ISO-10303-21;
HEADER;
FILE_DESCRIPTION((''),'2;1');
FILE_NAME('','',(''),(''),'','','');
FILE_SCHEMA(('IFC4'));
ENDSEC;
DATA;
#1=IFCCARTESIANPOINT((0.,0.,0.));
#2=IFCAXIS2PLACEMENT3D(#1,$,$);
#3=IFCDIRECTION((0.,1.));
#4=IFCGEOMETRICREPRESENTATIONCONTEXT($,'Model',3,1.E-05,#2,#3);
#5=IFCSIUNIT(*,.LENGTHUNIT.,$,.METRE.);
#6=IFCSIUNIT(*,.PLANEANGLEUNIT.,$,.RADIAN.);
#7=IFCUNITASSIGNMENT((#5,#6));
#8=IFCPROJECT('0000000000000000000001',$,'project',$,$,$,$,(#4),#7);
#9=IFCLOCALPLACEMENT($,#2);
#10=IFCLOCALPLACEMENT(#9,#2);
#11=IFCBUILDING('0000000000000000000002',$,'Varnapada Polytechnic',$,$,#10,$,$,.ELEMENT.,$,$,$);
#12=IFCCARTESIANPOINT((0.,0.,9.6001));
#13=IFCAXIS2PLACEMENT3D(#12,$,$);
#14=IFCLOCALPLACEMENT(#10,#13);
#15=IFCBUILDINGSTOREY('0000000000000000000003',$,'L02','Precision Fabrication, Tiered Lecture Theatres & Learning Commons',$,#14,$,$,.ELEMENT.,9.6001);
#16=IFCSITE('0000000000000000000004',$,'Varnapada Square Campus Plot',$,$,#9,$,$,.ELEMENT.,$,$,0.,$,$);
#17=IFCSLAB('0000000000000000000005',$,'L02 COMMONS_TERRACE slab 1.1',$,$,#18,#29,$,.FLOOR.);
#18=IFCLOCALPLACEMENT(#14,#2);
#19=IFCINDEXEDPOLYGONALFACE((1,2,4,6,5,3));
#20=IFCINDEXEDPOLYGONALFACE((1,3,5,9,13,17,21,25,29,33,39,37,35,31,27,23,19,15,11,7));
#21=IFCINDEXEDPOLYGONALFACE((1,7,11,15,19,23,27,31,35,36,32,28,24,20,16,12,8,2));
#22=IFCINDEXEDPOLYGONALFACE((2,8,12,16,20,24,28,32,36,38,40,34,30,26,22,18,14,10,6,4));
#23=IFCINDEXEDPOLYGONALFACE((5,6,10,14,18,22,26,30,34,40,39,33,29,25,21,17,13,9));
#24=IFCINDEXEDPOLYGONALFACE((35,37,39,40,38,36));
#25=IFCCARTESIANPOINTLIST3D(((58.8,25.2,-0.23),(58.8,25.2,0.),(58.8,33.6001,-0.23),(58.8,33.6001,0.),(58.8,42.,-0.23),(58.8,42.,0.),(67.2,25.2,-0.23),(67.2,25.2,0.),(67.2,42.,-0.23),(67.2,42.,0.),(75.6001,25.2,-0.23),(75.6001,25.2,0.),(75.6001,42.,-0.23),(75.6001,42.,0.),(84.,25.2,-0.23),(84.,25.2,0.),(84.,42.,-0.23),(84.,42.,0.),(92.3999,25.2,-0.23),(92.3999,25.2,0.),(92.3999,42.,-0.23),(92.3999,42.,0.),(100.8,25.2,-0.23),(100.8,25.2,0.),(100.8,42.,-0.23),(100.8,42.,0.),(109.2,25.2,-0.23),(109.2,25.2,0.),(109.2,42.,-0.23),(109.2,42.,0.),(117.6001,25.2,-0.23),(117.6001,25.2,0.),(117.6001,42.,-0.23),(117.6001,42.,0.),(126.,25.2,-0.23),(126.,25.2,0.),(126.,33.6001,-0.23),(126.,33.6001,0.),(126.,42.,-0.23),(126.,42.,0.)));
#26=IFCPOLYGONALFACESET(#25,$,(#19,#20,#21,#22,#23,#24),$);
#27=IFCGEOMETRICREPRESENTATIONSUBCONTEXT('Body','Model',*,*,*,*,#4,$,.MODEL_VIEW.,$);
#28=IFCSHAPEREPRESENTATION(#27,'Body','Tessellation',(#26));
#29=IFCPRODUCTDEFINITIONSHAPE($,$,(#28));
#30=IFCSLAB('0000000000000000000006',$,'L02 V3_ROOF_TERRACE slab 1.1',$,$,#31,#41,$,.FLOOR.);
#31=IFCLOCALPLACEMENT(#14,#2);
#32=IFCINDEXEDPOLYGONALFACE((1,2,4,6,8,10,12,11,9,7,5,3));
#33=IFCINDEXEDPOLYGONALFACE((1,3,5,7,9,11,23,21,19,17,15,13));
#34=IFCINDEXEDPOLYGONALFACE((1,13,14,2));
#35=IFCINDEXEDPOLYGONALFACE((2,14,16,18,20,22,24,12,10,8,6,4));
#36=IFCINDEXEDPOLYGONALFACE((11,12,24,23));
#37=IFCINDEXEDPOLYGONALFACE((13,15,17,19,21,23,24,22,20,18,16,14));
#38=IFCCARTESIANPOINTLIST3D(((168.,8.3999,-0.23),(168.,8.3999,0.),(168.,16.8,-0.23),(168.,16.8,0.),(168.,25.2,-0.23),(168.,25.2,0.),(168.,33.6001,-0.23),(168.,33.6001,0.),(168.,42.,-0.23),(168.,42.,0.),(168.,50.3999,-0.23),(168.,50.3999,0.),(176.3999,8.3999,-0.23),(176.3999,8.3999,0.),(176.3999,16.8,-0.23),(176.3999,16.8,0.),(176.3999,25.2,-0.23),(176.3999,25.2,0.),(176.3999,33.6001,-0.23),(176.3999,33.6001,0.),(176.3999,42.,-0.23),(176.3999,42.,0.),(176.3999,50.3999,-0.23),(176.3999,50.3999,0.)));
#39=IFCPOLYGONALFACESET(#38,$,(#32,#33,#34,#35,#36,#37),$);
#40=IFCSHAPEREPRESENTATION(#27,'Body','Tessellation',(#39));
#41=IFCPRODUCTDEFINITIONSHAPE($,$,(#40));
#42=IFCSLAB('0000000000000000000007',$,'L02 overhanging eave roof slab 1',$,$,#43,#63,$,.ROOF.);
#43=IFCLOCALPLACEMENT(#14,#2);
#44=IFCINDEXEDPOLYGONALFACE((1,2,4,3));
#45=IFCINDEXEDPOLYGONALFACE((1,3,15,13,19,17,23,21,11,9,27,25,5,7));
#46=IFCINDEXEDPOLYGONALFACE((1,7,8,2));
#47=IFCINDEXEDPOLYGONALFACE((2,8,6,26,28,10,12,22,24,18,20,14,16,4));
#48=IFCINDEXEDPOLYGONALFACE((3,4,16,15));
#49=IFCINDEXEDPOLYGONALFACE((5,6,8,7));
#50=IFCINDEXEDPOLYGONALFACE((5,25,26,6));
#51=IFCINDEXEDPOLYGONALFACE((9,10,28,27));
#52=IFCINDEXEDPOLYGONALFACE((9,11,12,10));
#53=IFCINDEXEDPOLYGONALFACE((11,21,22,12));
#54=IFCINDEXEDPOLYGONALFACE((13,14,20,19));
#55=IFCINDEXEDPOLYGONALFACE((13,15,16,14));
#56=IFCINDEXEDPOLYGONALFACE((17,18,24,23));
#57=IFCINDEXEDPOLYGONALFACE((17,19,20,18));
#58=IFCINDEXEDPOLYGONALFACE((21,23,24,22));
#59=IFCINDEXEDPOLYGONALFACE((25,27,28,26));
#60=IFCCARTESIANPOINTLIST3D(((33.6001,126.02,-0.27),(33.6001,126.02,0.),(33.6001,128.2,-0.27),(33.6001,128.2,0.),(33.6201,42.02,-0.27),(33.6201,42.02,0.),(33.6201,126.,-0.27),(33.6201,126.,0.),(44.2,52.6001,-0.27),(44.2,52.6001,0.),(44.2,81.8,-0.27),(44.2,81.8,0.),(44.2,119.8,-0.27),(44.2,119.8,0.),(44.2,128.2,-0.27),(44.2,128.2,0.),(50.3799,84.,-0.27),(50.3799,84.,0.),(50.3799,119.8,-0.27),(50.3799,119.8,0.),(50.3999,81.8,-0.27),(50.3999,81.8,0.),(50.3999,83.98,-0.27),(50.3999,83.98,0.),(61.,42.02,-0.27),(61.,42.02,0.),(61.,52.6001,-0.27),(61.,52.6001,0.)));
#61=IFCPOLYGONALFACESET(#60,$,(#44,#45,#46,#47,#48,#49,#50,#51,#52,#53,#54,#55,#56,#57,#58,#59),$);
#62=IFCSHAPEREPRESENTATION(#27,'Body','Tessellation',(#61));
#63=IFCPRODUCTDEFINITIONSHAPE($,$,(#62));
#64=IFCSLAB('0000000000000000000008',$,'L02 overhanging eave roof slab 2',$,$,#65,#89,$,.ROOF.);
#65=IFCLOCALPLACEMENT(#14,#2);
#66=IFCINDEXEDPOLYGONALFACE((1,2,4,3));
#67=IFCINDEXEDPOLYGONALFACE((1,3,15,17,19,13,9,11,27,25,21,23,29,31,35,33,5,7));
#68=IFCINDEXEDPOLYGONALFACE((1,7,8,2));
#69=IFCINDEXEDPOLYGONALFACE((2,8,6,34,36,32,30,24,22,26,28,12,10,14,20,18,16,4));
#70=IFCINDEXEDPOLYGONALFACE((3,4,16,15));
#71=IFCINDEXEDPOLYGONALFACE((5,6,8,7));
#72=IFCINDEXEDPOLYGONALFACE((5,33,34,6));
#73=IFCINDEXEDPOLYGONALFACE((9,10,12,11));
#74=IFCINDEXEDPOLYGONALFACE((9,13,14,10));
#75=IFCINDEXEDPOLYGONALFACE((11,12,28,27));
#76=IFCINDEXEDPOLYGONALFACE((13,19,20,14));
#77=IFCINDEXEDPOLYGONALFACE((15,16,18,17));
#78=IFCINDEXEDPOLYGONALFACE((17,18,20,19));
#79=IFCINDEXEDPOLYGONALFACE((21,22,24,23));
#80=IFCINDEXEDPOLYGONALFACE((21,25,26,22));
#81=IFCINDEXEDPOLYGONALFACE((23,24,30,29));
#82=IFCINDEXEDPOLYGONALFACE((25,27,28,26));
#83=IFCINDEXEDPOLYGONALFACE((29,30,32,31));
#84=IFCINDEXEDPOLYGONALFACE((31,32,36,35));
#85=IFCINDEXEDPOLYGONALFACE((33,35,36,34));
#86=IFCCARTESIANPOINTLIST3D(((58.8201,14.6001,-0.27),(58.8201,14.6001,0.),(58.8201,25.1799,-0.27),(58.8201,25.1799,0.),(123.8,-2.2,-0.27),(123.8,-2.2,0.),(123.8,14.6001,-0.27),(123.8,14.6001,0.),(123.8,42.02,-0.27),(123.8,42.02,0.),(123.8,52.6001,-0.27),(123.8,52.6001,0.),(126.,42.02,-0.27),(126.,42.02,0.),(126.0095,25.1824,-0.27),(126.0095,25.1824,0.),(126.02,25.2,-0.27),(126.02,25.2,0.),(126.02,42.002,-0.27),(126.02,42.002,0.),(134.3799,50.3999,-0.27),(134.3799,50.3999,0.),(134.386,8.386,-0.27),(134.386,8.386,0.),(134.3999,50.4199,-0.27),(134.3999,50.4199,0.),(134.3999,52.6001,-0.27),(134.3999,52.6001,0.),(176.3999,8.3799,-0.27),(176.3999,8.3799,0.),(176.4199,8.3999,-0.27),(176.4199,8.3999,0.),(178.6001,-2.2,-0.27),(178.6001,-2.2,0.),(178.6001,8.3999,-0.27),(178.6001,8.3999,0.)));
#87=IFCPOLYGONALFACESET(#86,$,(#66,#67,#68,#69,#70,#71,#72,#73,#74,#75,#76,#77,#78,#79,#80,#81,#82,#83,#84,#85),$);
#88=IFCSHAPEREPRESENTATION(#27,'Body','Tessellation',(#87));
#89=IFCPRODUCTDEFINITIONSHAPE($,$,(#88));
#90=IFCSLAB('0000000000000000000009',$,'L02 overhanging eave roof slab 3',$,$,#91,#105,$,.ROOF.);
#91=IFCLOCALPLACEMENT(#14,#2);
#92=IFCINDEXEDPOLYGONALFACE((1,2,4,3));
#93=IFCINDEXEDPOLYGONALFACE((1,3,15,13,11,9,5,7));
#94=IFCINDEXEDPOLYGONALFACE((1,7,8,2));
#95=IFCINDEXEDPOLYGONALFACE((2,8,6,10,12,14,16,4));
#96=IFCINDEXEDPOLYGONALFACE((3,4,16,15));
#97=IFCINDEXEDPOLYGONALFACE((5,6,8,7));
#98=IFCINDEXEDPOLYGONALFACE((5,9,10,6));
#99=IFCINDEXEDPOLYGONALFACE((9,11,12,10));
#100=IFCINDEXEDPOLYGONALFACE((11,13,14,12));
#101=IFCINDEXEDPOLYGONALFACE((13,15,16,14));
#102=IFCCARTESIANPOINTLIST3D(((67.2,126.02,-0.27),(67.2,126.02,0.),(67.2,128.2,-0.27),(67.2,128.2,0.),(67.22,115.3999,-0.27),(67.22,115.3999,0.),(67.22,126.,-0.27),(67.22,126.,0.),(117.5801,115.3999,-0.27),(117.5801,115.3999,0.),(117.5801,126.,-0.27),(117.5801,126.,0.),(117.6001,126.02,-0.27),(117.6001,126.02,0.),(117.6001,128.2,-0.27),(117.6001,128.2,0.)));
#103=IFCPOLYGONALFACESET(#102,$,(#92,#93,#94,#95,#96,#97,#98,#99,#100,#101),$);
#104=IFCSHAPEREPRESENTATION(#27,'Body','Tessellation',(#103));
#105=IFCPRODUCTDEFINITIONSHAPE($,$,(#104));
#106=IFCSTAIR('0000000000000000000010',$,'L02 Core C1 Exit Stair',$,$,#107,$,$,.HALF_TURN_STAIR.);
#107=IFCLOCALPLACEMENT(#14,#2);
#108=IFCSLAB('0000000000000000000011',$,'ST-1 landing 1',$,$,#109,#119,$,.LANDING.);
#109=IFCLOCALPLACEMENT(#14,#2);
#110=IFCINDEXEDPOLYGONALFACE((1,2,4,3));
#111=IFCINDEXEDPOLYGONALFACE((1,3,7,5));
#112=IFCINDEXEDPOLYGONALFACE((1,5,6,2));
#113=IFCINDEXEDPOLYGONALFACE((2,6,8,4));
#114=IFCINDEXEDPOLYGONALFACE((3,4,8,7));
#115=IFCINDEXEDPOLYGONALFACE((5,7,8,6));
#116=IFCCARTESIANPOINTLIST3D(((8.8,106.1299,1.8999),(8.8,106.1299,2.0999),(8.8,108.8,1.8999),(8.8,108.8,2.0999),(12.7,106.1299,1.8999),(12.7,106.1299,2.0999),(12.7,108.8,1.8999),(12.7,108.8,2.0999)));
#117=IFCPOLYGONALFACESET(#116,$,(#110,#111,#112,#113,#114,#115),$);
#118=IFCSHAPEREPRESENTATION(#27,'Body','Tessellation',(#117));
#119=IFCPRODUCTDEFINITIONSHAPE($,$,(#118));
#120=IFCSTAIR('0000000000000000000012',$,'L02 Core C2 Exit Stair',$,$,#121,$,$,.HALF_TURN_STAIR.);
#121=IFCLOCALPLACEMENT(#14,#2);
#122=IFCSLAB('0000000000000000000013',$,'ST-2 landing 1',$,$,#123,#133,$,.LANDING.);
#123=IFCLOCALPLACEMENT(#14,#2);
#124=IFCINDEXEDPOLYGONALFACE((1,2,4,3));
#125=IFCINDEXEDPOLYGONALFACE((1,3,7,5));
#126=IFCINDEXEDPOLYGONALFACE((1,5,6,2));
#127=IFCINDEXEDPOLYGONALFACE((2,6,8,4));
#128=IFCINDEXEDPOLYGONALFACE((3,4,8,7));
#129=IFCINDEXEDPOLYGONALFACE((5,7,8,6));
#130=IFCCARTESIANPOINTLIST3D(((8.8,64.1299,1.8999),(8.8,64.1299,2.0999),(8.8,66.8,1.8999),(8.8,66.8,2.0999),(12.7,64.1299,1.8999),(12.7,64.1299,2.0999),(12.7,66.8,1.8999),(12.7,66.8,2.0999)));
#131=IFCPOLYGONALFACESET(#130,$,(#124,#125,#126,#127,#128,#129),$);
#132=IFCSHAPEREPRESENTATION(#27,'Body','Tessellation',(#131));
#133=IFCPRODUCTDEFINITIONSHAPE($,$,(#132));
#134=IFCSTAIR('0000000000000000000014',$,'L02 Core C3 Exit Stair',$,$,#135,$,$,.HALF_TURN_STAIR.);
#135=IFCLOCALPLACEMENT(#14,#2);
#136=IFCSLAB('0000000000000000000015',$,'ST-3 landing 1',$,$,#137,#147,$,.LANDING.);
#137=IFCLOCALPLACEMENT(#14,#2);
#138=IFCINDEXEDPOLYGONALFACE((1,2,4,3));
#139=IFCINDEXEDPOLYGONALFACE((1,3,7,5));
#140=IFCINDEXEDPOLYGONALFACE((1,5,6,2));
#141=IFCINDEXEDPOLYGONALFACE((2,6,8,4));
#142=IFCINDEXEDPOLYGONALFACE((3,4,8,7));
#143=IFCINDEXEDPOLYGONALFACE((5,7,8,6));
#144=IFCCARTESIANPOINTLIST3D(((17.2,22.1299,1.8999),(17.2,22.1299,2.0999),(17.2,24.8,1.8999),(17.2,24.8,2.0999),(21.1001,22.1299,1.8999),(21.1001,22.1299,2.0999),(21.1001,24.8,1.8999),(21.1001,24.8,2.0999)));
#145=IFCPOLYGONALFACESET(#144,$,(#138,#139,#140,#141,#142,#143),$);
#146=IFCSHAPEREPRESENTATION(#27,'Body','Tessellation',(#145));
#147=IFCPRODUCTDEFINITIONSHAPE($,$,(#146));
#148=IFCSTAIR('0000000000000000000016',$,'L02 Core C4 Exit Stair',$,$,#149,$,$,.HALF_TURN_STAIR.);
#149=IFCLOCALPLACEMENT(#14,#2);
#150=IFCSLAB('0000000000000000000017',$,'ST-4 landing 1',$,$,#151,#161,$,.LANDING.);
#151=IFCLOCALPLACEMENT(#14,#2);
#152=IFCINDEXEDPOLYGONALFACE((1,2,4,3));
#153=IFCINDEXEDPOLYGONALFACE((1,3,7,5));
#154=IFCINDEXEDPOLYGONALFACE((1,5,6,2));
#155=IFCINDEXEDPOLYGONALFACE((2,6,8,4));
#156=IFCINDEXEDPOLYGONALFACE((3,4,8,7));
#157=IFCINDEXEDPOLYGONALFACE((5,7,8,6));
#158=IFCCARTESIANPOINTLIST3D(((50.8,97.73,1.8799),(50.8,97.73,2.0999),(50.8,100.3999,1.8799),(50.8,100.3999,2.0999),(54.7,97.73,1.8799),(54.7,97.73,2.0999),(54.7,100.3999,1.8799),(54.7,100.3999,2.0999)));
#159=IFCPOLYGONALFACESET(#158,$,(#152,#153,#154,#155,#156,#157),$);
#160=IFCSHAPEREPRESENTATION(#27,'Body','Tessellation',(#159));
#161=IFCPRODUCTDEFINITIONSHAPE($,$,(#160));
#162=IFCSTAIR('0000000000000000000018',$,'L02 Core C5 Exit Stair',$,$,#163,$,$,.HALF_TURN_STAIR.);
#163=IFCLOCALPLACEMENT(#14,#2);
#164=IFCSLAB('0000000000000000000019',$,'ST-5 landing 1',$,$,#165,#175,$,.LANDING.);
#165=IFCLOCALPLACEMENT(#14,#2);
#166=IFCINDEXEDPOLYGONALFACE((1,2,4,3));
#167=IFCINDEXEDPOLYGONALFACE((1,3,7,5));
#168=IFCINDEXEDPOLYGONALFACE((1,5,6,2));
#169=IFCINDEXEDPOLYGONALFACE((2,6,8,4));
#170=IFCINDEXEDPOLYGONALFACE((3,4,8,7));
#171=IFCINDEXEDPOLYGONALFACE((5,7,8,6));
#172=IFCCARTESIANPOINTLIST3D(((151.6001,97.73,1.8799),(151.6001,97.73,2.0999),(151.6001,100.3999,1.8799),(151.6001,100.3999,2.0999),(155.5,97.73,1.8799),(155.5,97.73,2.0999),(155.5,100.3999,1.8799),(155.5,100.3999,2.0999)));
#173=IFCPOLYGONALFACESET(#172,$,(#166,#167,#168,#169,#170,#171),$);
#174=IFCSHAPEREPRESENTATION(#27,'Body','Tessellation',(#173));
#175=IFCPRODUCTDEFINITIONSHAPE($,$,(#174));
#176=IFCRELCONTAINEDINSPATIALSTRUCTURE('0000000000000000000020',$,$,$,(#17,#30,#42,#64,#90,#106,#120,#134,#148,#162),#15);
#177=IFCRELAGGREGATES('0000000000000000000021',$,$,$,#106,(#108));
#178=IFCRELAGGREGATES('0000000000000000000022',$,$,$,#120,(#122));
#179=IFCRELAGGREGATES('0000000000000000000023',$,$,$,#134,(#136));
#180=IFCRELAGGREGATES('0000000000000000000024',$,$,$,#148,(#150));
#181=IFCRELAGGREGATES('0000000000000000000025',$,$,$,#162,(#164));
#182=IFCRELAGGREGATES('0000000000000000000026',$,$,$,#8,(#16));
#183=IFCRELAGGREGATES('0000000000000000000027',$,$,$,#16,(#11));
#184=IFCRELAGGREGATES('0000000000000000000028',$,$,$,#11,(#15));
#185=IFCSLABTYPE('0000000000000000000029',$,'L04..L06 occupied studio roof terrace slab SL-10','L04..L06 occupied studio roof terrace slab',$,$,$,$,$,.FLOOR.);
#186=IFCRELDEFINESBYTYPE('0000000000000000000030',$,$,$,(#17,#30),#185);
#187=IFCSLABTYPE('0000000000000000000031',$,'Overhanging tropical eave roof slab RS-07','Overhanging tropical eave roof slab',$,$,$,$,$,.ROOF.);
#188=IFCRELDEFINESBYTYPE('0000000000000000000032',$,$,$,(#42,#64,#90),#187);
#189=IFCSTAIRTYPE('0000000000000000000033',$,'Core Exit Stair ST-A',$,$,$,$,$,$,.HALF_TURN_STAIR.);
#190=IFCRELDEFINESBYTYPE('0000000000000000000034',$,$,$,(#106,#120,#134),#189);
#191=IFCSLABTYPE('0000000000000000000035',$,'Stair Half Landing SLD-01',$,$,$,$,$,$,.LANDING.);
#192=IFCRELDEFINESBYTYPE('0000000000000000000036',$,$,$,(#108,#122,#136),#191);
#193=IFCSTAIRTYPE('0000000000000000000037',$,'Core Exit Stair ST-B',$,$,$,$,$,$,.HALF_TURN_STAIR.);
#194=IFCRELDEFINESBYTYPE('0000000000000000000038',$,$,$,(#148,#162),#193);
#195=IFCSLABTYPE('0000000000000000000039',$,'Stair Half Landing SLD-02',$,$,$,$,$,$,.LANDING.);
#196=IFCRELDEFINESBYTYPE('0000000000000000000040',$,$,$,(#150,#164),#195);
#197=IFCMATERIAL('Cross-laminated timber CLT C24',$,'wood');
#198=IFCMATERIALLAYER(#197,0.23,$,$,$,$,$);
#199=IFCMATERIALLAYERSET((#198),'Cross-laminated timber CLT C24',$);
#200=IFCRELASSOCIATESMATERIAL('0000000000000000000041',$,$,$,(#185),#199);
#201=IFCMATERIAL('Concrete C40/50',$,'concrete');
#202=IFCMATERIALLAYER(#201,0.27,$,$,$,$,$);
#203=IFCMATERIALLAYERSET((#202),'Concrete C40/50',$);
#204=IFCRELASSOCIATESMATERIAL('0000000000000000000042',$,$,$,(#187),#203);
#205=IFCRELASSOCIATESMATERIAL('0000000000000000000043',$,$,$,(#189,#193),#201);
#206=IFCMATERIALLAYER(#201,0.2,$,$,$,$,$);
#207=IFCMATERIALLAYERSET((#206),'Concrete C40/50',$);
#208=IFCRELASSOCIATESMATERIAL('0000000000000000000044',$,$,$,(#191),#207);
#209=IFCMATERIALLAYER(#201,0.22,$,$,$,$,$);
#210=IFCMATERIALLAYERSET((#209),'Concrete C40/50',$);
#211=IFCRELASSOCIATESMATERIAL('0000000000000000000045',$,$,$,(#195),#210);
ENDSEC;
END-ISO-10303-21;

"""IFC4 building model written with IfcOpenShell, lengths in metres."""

from ifc_helpers import new_model, si_unit, direction, frame, origin, place, context, subcontext, project, spatial, polyline, outline, extrude, material, layer, layer_set, type_object, element, aggregate, save


model = new_model("IFC4")

# Units and contexts
model_context = context("Model", 3, precision=1e-05, world=origin(), true_north=direction((0.0, 1.0)))
body_context = subcontext(model_context, "Body", "Model", "MODEL_VIEW")
ifc_project = project(units=[si_unit("LENGTHUNIT", "METRE"), si_unit("PLANEANGLEUNIT", "RADIAN")], contexts=[model_context])

# Site, building, storey
site_placement = place(None, origin())
site = spatial("IfcSite", under=ifc_project, at=site_placement, Name="Varnapada Square Campus Plot", CompositionType="ELEMENT", RefElevation=0.0)
building_placement = place(site_placement, origin())
building = spatial("IfcBuilding", under=site, at=building_placement, Name="Varnapada Polytechnic", CompositionType="ELEMENT")
storey_placement = place(building_placement, frame((0.0, 0.0, 9.6001)))
storey = spatial("IfcBuildingStorey", under=building, at=storey_placement, Name="L02", Description="Precision Fabrication, Tiered Lecture Theatres & Learning Commons", CompositionType="ELEMENT", Elevation=9.6001)

# Slabs
ifc_material_1 = material(Name="Cross-laminated timber CLT C24", Category="wood")
ifc_layer_1 = layer(ifc_material_1, 0.23)
ifc_layer_set_1 = layer_set([ifc_layer_1], Name="Cross-laminated timber CLT C24")
slab_type_1 = type_object("IfcSlabType", Name="L04..L06 occupied studio roof terrace slab SL-10", Description="L04..L06 occupied studio roof terrace slab", PredefinedType="FLOOR", material=ifc_layer_set_1)
slab_1_placement = place(storey_placement, frame((0.0, 0.0, -0.23)))
element("IfcSlab", 1, at=slab_1_placement, inside=storey, type_object=slab_type_1, Name="L02 COMMONS_TERRACE slab 1.1", PredefinedType="FLOOR", context=body_context, shape_type="SweptSolid", body=[
    extrude(outline(polyline([(84.0, 25.2), (75.6001, 25.2), (67.2, 25.2), (58.8, 25.2), (58.8, 33.6001), (58.8, 42.0), (67.2, 42.0), (75.6001, 42.0), (84.0, 42.0), (92.3999, 42.0), (100.8, 42.0), (109.2, 42.0), (117.6001, 42.0), (126.0, 42.0), (126.0, 33.6001), (126.0, 25.2), (117.6001, 25.2), (109.2, 25.2), (100.8, 25.2), (92.3999, 25.2), (84.0, 25.2)])), origin(), (0.0, 0.0, 1.0), 0.23),
])
slab_2_placement = place(storey_placement, frame((0.0, 0.0, -0.23)))
element("IfcSlab", 2, at=slab_2_placement, inside=storey, type_object=slab_type_1, Name="L02 V3_ROOF_TERRACE slab 1.1", PredefinedType="FLOOR", context=body_context, shape_type="SweptSolid", body=[
    extrude(outline(polyline([(168.0, 8.3999), (168.0, 16.8), (168.0, 25.2), (168.0, 33.6001), (168.0, 42.0), (168.0, 50.3999), (176.3999, 50.3999), (176.3999, 42.0), (176.3999, 33.6001), (176.3999, 25.2), (176.3999, 16.8), (176.3999, 8.3999), (168.0, 8.3999)])), origin(), (0.0, 0.0, 1.0), 0.23),
])
ifc_material_2 = material(Name="Concrete C40/50", Category="concrete")
ifc_layer_2 = layer(ifc_material_2, 0.27)
ifc_layer_set_2 = layer_set([ifc_layer_2], Name="Concrete C40/50")
slab_type_2 = type_object("IfcSlabType", Name="Overhanging tropical eave roof slab RS-07", Description="Overhanging tropical eave roof slab", PredefinedType="ROOF", material=ifc_layer_set_2)
slab_3_placement = place(storey_placement, frame((0.0, 0.0, -0.27)))
element("IfcSlab", 3, at=slab_3_placement, inside=storey, type_object=slab_type_2, Name="L02 overhanging eave roof slab 1", PredefinedType="ROOF", context=body_context, shape_type="SweptSolid", body=[
    extrude(outline(polyline([(33.6001, 128.2), (44.2, 128.2), (44.2, 119.8), (50.3799, 119.8), (50.3799, 84.0), (50.3999, 83.98), (50.3999, 81.8), (44.2, 81.8), (44.2, 52.6001), (61.0, 52.6001), (61.0, 42.02), (33.6201, 42.02), (33.6201, 126.0), (33.6001, 126.02), (33.6001, 128.2)])), origin(), (0.0, 0.0, 1.0), 0.27),
])
slab_4_placement = place(storey_placement, frame((0.0, 0.0, -0.27)))
element("IfcSlab", 4, at=slab_4_placement, inside=storey, type_object=slab_type_2, Name="L02 overhanging eave roof slab 2", PredefinedType="ROOF", context=body_context, shape_type="SweptSolid", body=[
    extrude(outline(polyline([(123.8, 52.6001), (134.3999, 52.6001), (134.3999, 50.4199), (134.3799, 50.3999), (134.386, 8.386), (176.3999, 8.3799), (176.4199, 8.3999), (178.6001, 8.3999), (178.6001, -2.2), (123.8, -2.2), (123.8, 14.6001), (58.8201, 14.6001), (58.8201, 25.1799), (126.0095, 25.1824), (126.02, 25.2), (126.02, 42.002), (126.0, 42.02), (123.8, 42.02), (123.8, 52.6001)])), origin(), (0.0, 0.0, 1.0), 0.27),
])
slab_5_placement = place(storey_placement, frame((0.0, 0.0, -0.27)))
element("IfcSlab", 5, at=slab_5_placement, inside=storey, type_object=slab_type_2, Name="L02 overhanging eave roof slab 3", PredefinedType="ROOF", context=body_context, shape_type="SweptSolid", body=[
    extrude(outline(polyline([(67.2, 128.2), (117.6001, 128.2), (117.6001, 126.02), (117.5801, 126.0), (117.5801, 115.3999), (67.22, 115.3999), (67.22, 126.0), (67.2, 126.02), (67.2, 128.2)])), origin(), (0.0, 0.0, 1.0), 0.27),
])

# Stairs, slabs
stair_type_1 = type_object("IfcStairType", Name="Core Exit Stair ST-A", PredefinedType="HALF_TURN_STAIR", material=ifc_material_2)
stair_1_placement = place(storey_placement, origin())
stair_1 = element("IfcStair", 6, at=stair_1_placement, inside=storey, type_object=stair_type_1, Name="L02 Core C1 Exit Stair", PredefinedType="HALF_TURN_STAIR")
ifc_layer_3 = layer(ifc_material_2, 0.2)
ifc_layer_set_3 = layer_set([ifc_layer_3], Name="Concrete C40/50")
slab_type_3 = type_object("IfcSlabType", Name="Stair Half Landing SLD-01", PredefinedType="LANDING", material=ifc_layer_set_3)
slab_6_placement = place(storey_placement, frame((0.0, 0.0, 1.8999)))
slab_6 = element("IfcSlab", 7, at=slab_6_placement, type_object=slab_type_3, Name="ST-1 landing 1", PredefinedType="LANDING", context=body_context, shape_type="SweptSolid", body=[
    extrude(outline(polyline([(12.7, 106.1299), (12.7, 108.8), (8.8, 108.8), (8.8, 106.1299), (12.7, 106.1299)])), origin(), (0.0, 0.0, 1.0), 0.2),
])
aggregate(stair_1, [slab_6])
stair_2_placement = place(storey_placement, origin())
stair_2 = element("IfcStair", 8, at=stair_2_placement, inside=storey, type_object=stair_type_1, Name="L02 Core C2 Exit Stair", PredefinedType="HALF_TURN_STAIR")
slab_7_placement = place(storey_placement, frame((0.0, 0.0, 1.8999)))
slab_7 = element("IfcSlab", 9, at=slab_7_placement, type_object=slab_type_3, Name="ST-2 landing 1", PredefinedType="LANDING", context=body_context, shape_type="SweptSolid", body=[
    extrude(outline(polyline([(12.7, 64.1299), (12.7, 66.8), (8.8, 66.8), (8.8, 64.1299), (12.7, 64.1299)])), origin(), (0.0, 0.0, 1.0), 0.2),
])
aggregate(stair_2, [slab_7])
stair_3_placement = place(storey_placement, origin())
stair_3 = element("IfcStair", 10, at=stair_3_placement, inside=storey, type_object=stair_type_1, Name="L02 Core C3 Exit Stair", PredefinedType="HALF_TURN_STAIR")
slab_8_placement = place(storey_placement, frame((0.0, 0.0, 1.8999)))
slab_8 = element("IfcSlab", 11, at=slab_8_placement, type_object=slab_type_3, Name="ST-3 landing 1", PredefinedType="LANDING", context=body_context, shape_type="SweptSolid", body=[
    extrude(outline(polyline([(21.1001, 22.1299), (21.1001, 24.8), (17.2, 24.8), (17.2, 22.1299), (21.1001, 22.1299)])), origin(), (0.0, 0.0, 1.0), 0.2),
])
aggregate(stair_3, [slab_8])
stair_type_2 = type_object("IfcStairType", Name="Core Exit Stair ST-B", PredefinedType="HALF_TURN_STAIR", material=ifc_material_2)
stair_4_placement = place(storey_placement, origin())
stair_4 = element("IfcStair", 12, at=stair_4_placement, inside=storey, type_object=stair_type_2, Name="L02 Core C4 Exit Stair", PredefinedType="HALF_TURN_STAIR")
ifc_layer_4 = layer(ifc_material_2, 0.22)
ifc_layer_set_4 = layer_set([ifc_layer_4], Name="Concrete C40/50")
slab_type_4 = type_object("IfcSlabType", Name="Stair Half Landing SLD-02", PredefinedType="LANDING", material=ifc_layer_set_4)
slab_9_placement = place(storey_placement, frame((0.0, 0.0, 1.8799)))
slab_9 = element("IfcSlab", 13, at=slab_9_placement, type_object=slab_type_4, Name="ST-4 landing 1", PredefinedType="LANDING", context=body_context, shape_type="SweptSolid", body=[
    extrude(outline(polyline([(54.7, 97.73), (54.7, 100.3999), (50.8, 100.3999), (50.8, 97.73), (54.7, 97.73)])), origin(), (0.0, 0.0, 1.0), 0.22),
])
aggregate(stair_4, [slab_9])
stair_5_placement = place(storey_placement, origin())
stair_5 = element("IfcStair", 14, at=stair_5_placement, inside=storey, type_object=stair_type_2, Name="L02 Core C5 Exit Stair", PredefinedType="HALF_TURN_STAIR")
slab_10_placement = place(storey_placement, frame((0.0, 0.0, 1.8799)))
slab_10 = element("IfcSlab", 15, at=slab_10_placement, type_object=slab_type_4, Name="ST-5 landing 1", PredefinedType="LANDING", context=body_context, shape_type="SweptSolid", body=[
    extrude(outline(polyline([(155.5, 97.73), (155.5, 100.3999), (151.6001, 100.3999), (151.6001, 97.73), (155.5, 97.73)])), origin(), (0.0, 0.0, 1.0), 0.22),
])
aggregate(stair_5, [slab_10])

save(model, "model.ifc")
